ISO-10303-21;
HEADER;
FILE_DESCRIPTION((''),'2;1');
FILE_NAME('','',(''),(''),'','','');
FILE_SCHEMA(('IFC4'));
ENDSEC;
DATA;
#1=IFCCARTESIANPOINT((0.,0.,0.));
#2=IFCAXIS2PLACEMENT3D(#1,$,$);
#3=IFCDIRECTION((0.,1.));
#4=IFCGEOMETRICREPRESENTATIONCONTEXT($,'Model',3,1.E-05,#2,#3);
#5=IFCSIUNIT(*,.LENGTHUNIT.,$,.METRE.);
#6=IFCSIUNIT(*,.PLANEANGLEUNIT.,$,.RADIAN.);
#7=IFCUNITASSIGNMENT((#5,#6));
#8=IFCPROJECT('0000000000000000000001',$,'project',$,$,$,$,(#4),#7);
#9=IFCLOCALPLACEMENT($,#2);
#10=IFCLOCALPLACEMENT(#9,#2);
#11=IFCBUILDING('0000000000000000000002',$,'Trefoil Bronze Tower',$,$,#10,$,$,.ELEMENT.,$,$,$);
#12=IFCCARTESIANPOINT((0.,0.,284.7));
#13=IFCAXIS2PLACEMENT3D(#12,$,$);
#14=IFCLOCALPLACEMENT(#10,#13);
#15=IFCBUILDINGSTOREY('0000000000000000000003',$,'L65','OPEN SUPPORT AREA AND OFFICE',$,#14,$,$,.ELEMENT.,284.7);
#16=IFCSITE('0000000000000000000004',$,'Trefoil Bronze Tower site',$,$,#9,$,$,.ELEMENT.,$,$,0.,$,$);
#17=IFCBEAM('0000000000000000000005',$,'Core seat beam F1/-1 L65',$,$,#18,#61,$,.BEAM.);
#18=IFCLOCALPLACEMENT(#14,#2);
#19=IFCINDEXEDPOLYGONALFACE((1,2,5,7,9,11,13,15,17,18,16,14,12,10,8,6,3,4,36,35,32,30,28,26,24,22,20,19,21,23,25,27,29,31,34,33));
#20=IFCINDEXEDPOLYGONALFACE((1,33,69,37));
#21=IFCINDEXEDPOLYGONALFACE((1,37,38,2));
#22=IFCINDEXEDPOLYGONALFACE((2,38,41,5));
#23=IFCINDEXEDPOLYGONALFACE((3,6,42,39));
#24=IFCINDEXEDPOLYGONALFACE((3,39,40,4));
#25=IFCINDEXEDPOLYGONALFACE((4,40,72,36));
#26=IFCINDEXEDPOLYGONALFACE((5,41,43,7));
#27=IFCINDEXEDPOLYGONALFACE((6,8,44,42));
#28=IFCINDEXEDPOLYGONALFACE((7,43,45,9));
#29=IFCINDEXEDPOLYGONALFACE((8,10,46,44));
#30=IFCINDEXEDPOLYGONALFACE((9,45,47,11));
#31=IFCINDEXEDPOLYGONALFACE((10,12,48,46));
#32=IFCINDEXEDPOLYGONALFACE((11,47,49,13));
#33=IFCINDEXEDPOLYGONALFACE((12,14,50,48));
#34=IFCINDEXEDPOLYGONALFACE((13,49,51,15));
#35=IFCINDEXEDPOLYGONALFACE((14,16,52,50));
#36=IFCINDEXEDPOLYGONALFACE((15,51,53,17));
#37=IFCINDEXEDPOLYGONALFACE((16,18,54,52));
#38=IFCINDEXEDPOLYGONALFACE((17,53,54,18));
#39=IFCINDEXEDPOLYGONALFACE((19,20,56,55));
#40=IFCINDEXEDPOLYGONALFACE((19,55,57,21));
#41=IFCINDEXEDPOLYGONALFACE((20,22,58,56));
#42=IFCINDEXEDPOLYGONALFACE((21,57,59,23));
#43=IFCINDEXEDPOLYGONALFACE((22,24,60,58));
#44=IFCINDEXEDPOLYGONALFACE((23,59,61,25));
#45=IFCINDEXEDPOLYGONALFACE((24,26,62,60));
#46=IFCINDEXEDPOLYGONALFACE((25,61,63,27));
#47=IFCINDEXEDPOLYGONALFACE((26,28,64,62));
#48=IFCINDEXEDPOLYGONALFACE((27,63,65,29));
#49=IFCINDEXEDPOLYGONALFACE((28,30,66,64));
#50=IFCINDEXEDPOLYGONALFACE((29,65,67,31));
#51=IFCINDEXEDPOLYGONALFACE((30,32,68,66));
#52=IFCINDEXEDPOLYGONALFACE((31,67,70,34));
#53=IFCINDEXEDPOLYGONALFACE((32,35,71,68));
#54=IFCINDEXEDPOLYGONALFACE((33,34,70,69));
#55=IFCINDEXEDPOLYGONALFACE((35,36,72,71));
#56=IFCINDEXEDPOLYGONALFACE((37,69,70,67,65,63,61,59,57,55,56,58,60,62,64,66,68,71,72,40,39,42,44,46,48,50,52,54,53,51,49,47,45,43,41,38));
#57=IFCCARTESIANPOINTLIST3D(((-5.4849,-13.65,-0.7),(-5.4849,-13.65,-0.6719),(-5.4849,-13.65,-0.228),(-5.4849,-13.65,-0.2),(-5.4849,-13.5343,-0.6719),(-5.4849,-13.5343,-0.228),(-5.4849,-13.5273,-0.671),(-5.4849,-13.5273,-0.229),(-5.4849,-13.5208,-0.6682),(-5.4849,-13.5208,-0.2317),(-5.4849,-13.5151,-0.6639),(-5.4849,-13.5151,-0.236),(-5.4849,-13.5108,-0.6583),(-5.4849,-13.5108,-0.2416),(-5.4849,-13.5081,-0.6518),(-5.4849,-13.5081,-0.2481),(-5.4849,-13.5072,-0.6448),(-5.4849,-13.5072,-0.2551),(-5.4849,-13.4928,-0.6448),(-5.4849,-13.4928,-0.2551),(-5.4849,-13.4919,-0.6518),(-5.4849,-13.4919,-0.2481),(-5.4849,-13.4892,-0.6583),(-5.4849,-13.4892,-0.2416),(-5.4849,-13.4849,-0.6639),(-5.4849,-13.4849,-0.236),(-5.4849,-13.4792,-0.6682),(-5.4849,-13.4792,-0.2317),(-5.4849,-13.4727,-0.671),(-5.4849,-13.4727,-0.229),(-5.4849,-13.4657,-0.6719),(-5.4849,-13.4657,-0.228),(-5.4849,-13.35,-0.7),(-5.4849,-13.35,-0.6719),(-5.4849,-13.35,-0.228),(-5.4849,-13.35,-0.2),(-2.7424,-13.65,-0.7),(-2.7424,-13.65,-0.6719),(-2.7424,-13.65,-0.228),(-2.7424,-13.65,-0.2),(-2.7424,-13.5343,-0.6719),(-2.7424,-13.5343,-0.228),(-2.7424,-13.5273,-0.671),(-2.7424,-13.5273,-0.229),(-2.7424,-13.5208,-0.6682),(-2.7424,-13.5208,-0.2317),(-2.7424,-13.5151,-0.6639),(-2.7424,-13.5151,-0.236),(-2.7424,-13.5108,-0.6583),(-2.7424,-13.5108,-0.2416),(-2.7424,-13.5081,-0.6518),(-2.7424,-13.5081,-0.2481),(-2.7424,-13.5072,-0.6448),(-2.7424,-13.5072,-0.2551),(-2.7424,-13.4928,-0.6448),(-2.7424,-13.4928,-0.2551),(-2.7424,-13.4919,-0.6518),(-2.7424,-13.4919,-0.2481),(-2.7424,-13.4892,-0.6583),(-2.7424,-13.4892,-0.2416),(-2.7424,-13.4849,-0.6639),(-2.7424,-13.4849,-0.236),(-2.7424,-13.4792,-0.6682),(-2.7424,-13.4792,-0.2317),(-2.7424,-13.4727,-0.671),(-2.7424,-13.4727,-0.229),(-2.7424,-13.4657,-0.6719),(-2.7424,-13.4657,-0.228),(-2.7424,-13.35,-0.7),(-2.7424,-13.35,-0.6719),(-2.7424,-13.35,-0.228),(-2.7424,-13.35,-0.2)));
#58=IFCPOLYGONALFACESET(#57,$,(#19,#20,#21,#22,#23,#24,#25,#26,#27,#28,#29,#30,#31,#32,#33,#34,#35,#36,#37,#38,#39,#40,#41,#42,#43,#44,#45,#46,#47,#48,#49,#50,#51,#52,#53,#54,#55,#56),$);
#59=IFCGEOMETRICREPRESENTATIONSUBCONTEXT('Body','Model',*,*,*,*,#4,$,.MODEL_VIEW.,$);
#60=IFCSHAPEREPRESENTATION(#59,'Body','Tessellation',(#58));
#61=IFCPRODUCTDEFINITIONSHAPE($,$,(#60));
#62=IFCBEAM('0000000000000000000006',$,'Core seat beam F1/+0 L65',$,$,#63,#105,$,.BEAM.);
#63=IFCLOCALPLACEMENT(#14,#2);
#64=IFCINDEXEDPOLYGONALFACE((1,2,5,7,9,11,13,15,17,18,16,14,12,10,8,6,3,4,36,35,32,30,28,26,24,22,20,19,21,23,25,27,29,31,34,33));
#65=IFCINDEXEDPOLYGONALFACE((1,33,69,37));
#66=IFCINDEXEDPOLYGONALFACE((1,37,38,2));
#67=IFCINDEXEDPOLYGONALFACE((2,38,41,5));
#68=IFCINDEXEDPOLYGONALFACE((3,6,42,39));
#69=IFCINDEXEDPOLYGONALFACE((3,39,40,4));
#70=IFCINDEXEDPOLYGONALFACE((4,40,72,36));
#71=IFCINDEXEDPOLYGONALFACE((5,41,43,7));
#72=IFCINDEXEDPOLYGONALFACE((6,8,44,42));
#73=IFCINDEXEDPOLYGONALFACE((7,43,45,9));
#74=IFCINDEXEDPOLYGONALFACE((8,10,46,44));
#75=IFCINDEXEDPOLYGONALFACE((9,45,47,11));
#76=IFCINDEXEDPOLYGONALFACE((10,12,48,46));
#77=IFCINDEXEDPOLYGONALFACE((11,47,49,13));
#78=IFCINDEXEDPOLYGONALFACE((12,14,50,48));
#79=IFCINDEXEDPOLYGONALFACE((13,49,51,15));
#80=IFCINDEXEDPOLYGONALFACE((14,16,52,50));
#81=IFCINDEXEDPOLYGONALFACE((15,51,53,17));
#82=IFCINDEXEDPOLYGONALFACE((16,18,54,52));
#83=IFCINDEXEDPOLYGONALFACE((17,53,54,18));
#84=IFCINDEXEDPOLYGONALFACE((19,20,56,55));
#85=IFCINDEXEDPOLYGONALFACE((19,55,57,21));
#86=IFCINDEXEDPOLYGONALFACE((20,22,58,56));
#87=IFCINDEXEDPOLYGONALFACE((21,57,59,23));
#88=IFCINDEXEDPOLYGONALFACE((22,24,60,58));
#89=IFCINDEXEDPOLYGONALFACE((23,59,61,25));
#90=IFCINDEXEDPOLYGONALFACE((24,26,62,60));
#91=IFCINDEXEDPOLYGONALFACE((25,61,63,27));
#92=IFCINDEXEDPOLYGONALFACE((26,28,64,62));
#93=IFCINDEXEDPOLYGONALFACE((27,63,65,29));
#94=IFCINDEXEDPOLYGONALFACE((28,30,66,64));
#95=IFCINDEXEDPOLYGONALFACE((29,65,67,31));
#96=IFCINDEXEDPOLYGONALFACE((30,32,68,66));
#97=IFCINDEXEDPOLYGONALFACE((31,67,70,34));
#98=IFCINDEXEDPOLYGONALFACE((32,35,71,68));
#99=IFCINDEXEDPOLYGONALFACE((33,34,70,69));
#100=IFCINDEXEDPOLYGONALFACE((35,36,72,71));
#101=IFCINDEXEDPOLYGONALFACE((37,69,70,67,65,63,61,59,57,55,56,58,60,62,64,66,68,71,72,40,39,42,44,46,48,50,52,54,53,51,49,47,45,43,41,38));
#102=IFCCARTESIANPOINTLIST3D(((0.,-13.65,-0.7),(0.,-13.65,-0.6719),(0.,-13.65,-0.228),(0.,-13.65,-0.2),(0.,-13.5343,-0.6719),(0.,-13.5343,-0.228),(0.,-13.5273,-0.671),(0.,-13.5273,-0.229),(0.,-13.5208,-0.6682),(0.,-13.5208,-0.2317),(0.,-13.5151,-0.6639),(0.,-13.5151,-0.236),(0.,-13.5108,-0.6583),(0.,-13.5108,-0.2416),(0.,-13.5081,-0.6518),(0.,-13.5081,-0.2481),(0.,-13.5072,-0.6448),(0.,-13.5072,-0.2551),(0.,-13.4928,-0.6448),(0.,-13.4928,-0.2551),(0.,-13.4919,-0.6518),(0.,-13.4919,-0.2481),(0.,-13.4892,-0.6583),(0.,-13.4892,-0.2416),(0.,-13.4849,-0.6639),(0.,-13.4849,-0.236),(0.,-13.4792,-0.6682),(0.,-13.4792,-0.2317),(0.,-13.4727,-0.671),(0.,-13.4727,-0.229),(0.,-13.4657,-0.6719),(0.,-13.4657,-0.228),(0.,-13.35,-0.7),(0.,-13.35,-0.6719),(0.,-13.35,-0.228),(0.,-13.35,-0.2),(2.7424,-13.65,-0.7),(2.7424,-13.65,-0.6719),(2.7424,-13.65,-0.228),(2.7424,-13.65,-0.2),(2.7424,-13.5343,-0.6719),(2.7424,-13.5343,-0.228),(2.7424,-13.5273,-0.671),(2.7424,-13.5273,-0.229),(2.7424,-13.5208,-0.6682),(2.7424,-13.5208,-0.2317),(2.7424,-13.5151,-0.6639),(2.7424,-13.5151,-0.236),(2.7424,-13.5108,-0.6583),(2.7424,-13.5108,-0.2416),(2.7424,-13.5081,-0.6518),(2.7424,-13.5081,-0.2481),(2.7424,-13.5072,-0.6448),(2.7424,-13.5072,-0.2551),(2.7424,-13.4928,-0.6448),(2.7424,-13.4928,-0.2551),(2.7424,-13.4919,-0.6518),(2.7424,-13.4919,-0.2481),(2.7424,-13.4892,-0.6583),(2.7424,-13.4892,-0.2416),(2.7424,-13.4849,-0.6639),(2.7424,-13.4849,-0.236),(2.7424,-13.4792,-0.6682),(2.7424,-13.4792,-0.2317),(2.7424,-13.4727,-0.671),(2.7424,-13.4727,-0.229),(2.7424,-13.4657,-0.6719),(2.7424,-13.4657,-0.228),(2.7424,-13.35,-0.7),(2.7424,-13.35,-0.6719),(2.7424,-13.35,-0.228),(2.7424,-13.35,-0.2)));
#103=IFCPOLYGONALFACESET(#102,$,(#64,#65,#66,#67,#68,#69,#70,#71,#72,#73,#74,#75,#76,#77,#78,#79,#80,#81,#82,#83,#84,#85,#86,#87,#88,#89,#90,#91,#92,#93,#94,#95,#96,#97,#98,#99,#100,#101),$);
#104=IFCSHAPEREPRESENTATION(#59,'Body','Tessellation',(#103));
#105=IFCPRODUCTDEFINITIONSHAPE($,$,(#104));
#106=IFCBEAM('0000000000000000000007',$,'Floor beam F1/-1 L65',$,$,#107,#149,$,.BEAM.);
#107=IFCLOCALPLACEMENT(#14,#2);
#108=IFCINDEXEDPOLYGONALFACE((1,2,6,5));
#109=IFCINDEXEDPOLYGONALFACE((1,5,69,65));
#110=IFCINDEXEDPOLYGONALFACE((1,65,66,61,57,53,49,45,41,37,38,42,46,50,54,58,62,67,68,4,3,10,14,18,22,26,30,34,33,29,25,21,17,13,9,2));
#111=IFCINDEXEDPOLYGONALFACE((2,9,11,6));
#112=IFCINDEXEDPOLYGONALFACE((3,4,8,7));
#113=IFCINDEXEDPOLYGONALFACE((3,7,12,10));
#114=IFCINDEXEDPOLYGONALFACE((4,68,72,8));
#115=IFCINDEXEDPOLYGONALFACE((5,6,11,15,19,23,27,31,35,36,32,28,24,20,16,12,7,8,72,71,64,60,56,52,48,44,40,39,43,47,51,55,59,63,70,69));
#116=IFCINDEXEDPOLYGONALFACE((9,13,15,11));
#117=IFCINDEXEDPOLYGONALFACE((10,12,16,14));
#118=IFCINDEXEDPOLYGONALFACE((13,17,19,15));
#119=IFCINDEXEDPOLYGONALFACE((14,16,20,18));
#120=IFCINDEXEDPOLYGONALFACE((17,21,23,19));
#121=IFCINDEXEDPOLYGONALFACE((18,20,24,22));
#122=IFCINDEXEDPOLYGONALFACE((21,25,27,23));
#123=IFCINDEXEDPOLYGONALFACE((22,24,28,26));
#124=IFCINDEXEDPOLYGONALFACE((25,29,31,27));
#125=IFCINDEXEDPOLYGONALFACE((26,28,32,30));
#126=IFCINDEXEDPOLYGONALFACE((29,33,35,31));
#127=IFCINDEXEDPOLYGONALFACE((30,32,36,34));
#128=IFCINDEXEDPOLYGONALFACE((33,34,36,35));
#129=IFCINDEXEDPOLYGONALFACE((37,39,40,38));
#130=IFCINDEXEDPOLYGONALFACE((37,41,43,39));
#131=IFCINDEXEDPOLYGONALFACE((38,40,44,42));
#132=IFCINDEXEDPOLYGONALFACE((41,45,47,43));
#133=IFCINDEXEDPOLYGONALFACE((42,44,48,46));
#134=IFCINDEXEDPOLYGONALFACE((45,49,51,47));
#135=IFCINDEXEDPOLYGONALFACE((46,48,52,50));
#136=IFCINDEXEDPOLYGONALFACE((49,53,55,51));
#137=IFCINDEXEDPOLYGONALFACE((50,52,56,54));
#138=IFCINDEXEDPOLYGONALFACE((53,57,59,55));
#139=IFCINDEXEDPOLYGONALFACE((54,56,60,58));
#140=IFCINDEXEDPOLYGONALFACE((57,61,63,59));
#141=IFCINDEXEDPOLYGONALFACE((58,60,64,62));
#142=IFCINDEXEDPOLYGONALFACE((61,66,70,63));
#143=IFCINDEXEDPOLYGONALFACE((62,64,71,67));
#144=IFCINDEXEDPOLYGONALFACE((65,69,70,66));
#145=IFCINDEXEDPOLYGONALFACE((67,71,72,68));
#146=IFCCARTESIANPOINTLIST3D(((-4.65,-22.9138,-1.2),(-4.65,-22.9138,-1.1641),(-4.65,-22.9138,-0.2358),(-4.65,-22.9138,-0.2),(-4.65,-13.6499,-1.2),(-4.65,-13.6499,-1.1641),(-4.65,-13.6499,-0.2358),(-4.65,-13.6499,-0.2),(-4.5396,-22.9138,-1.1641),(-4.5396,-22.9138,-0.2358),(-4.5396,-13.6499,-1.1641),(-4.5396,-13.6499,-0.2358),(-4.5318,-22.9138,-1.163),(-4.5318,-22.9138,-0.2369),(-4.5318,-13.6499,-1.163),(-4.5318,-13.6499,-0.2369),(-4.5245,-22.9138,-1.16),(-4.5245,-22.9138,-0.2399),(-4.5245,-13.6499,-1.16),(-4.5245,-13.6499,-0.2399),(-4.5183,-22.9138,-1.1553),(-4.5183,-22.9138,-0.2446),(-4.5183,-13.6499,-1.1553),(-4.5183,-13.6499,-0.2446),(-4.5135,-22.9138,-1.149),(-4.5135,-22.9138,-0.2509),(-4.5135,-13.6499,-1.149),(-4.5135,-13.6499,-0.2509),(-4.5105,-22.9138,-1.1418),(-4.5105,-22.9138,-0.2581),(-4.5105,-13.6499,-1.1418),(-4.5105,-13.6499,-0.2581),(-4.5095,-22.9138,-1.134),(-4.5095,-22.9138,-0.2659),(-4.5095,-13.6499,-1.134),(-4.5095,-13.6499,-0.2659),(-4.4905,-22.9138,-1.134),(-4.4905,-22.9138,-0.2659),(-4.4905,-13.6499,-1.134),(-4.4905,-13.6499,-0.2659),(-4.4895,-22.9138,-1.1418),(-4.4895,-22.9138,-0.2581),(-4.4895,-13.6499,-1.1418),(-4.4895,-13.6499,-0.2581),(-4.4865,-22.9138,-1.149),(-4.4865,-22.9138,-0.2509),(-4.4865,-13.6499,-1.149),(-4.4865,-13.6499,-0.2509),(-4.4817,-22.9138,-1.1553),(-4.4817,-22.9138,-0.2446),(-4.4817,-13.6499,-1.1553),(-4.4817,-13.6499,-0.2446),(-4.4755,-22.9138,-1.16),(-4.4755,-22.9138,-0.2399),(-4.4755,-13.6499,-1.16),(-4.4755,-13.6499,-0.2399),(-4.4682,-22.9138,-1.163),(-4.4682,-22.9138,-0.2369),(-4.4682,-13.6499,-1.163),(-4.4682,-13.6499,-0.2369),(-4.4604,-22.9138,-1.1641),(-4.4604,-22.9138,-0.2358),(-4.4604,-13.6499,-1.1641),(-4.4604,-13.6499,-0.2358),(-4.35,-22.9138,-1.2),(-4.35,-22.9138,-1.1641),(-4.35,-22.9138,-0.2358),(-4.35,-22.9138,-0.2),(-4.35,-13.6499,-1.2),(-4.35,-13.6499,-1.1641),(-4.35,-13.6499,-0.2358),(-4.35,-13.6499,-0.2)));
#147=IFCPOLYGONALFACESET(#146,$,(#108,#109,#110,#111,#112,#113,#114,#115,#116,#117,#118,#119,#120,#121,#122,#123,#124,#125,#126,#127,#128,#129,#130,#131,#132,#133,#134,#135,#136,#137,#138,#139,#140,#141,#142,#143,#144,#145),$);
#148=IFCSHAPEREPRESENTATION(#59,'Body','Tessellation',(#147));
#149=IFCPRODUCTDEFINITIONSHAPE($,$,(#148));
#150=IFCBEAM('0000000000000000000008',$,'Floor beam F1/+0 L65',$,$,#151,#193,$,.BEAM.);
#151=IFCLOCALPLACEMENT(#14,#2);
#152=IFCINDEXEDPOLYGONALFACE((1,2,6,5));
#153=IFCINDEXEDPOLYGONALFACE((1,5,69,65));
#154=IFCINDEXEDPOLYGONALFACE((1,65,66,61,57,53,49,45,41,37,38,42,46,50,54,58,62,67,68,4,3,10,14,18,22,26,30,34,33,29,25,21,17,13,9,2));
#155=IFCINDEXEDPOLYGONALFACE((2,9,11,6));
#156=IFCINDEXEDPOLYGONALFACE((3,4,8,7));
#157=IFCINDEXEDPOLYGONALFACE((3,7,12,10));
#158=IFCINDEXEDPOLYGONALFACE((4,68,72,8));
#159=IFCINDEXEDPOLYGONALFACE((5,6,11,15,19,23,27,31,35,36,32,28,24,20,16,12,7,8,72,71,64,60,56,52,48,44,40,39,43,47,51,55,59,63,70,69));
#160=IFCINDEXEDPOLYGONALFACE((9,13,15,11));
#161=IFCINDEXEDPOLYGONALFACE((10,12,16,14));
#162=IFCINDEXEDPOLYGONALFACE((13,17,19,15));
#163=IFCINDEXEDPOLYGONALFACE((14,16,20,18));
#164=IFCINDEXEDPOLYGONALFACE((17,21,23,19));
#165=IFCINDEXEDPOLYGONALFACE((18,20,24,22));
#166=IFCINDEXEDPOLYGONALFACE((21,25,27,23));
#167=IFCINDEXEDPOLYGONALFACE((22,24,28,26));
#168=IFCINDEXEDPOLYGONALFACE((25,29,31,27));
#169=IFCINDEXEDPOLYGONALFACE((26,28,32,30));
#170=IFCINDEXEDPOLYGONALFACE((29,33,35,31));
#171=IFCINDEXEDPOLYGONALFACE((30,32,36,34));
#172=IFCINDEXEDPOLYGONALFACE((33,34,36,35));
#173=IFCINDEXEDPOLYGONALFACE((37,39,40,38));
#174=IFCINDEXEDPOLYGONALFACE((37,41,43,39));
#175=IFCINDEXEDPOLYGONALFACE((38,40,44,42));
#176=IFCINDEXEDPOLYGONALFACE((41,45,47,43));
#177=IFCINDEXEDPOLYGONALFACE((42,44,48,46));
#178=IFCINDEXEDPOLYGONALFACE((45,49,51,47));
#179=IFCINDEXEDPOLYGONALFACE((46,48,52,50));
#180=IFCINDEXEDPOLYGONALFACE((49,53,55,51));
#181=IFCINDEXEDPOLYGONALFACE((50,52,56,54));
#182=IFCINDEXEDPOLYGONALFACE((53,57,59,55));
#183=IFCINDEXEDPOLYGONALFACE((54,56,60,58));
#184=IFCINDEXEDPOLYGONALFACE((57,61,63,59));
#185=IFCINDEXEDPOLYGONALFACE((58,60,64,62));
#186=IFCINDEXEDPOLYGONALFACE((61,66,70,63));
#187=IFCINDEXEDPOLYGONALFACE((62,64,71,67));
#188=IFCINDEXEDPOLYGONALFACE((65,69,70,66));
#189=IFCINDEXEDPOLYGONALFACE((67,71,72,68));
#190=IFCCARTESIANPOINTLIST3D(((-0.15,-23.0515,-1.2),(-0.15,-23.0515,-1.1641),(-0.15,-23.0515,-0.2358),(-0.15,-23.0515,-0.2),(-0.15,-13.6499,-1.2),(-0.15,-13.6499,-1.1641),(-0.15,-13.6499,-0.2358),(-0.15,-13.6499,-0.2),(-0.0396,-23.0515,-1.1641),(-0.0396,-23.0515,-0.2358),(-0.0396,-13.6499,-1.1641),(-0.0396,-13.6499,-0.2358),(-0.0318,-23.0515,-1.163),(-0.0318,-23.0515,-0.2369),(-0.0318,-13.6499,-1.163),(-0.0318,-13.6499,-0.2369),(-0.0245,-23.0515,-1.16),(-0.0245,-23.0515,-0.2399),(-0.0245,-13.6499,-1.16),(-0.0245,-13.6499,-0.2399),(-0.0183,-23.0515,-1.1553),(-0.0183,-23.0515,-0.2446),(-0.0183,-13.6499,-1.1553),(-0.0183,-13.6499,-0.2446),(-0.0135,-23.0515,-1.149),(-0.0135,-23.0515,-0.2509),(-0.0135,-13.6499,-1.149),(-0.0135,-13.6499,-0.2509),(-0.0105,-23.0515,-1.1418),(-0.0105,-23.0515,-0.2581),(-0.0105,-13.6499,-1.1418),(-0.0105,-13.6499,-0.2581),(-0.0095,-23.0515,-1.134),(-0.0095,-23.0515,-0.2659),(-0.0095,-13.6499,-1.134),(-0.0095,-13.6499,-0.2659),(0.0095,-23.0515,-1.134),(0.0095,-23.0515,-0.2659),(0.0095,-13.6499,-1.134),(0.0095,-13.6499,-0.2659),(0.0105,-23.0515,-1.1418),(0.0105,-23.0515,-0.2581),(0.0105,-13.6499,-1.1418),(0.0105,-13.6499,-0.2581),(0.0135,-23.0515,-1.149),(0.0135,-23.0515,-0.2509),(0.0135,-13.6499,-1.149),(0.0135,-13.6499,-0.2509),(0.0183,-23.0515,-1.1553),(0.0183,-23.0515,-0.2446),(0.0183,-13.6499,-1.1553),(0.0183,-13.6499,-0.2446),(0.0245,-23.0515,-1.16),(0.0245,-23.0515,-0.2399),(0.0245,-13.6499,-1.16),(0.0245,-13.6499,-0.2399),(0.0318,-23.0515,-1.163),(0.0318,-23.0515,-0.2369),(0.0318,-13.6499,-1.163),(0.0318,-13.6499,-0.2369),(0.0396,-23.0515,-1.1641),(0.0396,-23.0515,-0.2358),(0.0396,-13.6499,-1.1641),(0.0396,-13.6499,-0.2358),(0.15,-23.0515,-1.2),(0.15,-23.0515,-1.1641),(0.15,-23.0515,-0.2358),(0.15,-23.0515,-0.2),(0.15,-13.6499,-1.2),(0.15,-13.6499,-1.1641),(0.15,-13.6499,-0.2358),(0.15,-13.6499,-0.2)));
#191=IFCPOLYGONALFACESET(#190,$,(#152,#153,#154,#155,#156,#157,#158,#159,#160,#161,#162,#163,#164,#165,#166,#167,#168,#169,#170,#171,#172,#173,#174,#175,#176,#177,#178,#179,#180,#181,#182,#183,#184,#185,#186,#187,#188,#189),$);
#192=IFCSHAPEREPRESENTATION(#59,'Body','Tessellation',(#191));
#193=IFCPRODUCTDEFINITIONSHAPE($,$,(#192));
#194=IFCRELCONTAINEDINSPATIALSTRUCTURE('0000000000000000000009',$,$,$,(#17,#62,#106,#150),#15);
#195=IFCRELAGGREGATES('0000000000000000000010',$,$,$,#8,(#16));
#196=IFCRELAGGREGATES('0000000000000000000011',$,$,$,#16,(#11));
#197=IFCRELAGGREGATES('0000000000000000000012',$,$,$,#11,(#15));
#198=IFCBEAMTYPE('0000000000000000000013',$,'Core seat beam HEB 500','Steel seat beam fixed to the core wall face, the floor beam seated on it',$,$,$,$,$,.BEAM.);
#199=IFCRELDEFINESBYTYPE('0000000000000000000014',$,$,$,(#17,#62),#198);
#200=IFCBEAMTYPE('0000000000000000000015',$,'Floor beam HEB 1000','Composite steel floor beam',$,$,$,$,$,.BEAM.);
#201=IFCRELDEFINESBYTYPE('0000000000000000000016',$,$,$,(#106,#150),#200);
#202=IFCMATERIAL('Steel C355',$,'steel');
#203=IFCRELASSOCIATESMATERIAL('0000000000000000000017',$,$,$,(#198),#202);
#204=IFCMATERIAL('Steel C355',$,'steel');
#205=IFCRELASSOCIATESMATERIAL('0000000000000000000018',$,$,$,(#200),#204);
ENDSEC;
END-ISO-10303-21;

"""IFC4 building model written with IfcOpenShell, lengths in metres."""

from ifc_helpers import new_model, si_unit, direction, frame, origin, origin_2d, place, context, subcontext, project, spatial, i_section, extrude, material, material_profile, profile_set, type_object, element, save


model = new_model("IFC4")

# Units and contexts
model_context = context("Model", 3, precision=1e-05, world=origin(), true_north=direction((0.0, 1.0)))
body_context = subcontext(model_context, "Body", "Model", "MODEL_VIEW")
ifc_project = project(units=[si_unit("LENGTHUNIT", "METRE"), si_unit("PLANEANGLEUNIT", "RADIAN")], contexts=[model_context])

# Site, building, storey
site_placement = place(None, origin())
site = spatial("IfcSite", under=ifc_project, at=site_placement, Name="Trefoil Bronze Tower site", CompositionType="ELEMENT", RefElevation=0.0)
building_placement = place(site_placement, origin())
building = spatial("IfcBuilding", under=site, at=building_placement, Name="Trefoil Bronze Tower", CompositionType="ELEMENT")
storey_placement = place(building_placement, frame((0.0, 0.0, 284.7)))
storey = spatial("IfcBuildingStorey", under=building, at=storey_placement, Name="L65", Description="OPEN SUPPORT AREA AND OFFICE", CompositionType="ELEMENT", Elevation=284.7)

# Beams
ifc_material_1 = material(Name="Steel C355", Category="steel")
ifc_material_profile_1 = material_profile(ifc_material_1, i_section(OverallWidth=0.3, OverallDepth=0.5, WebThickness=0.0144, FlangeThickness=0.0281, FilletRadius=0.0271, at=origin_2d()), Name="HEB 500")
ifc_profile_set_1 = profile_set([ifc_material_profile_1], Name="Steel C355")
beam_type_1 = type_object("IfcBeamType", Name="Core seat beam HEB 500", Description="Steel seat beam fixed to the core wall face, the floor beam seated on it", PredefinedType="BEAM", material=ifc_profile_set_1)
for number, where, z_axis, x_axis, name in (
    (1, (-5.4849, -13.5, -0.45), (1.0, 0.0, 0.0), (0.0, 1.0, 0.0), "Core seat beam F1/-1 L65"),
    (2, (0.0, -13.5, -0.45), (1.0, 0.0, 0.0), (0.0, 1.0, 0.0), "Core seat beam F1/+0 L65"),
):
    element("IfcBeam", number, at=place(storey_placement, frame(where, z_axis=z_axis, x_axis=x_axis)), inside=storey, type_object=beam_type_1, Name=name, PredefinedType="BEAM", context=body_context, shape_type="SweptSolid", body=[
        extrude(i_section(OverallWidth=0.3, OverallDepth=0.5, WebThickness=0.0144, FlangeThickness=0.0281, FilletRadius=0.0271, at=origin_2d()), origin(), (0.0, 0.0, 1.0), 2.7424),
    ])
ifc_material_2 = material(Name="Steel C355", Category="steel")
ifc_material_profile_2 = material_profile(ifc_material_2, i_section(OverallWidth=0.3, OverallDepth=1.0, WebThickness=0.019, FlangeThickness=0.0359, FilletRadius=0.03, at=origin_2d()), Name="HEB 1000")
ifc_profile_set_2 = profile_set([ifc_material_profile_2], Name="Steel C355")
beam_type_2 = type_object("IfcBeamType", Name="Floor beam HEB 1000", Description="Composite steel floor beam", PredefinedType="BEAM", material=ifc_profile_set_2)
beam_1_placement = place(storey_placement, frame((-4.5, -22.9138, -0.7), z_axis=(0.0, 1.0, 0.0), x_axis=(-1.0, 0.0, 0.0)))
element("IfcBeam", 3, at=beam_1_placement, inside=storey, type_object=beam_type_2, Name="Floor beam F1/-1 L65", PredefinedType="BEAM", context=body_context, shape_type="SweptSolid", body=[
    extrude(i_section(OverallWidth=0.3, OverallDepth=1.0, WebThickness=0.019, FlangeThickness=0.0359, FilletRadius=0.03, at=origin_2d()), origin(), (0.0, 0.0, 1.0), 9.2639),
])
beam_2_placement = place(storey_placement, frame((0.0, -23.0515, -0.7), z_axis=(0.0, 1.0, 0.0), x_axis=(-1.0, 0.0, 0.0)))
element("IfcBeam", 4, at=beam_2_placement, inside=storey, type_object=beam_type_2, Name="Floor beam F1/+0 L65", PredefinedType="BEAM", context=body_context, shape_type="SweptSolid", body=[
    extrude(i_section(OverallWidth=0.3, OverallDepth=1.0, WebThickness=0.019, FlangeThickness=0.0359, FilletRadius=0.03, at=origin_2d()), origin(), (0.0, 0.0, 1.0), 9.4016),
])

save(model, "model.ifc")
